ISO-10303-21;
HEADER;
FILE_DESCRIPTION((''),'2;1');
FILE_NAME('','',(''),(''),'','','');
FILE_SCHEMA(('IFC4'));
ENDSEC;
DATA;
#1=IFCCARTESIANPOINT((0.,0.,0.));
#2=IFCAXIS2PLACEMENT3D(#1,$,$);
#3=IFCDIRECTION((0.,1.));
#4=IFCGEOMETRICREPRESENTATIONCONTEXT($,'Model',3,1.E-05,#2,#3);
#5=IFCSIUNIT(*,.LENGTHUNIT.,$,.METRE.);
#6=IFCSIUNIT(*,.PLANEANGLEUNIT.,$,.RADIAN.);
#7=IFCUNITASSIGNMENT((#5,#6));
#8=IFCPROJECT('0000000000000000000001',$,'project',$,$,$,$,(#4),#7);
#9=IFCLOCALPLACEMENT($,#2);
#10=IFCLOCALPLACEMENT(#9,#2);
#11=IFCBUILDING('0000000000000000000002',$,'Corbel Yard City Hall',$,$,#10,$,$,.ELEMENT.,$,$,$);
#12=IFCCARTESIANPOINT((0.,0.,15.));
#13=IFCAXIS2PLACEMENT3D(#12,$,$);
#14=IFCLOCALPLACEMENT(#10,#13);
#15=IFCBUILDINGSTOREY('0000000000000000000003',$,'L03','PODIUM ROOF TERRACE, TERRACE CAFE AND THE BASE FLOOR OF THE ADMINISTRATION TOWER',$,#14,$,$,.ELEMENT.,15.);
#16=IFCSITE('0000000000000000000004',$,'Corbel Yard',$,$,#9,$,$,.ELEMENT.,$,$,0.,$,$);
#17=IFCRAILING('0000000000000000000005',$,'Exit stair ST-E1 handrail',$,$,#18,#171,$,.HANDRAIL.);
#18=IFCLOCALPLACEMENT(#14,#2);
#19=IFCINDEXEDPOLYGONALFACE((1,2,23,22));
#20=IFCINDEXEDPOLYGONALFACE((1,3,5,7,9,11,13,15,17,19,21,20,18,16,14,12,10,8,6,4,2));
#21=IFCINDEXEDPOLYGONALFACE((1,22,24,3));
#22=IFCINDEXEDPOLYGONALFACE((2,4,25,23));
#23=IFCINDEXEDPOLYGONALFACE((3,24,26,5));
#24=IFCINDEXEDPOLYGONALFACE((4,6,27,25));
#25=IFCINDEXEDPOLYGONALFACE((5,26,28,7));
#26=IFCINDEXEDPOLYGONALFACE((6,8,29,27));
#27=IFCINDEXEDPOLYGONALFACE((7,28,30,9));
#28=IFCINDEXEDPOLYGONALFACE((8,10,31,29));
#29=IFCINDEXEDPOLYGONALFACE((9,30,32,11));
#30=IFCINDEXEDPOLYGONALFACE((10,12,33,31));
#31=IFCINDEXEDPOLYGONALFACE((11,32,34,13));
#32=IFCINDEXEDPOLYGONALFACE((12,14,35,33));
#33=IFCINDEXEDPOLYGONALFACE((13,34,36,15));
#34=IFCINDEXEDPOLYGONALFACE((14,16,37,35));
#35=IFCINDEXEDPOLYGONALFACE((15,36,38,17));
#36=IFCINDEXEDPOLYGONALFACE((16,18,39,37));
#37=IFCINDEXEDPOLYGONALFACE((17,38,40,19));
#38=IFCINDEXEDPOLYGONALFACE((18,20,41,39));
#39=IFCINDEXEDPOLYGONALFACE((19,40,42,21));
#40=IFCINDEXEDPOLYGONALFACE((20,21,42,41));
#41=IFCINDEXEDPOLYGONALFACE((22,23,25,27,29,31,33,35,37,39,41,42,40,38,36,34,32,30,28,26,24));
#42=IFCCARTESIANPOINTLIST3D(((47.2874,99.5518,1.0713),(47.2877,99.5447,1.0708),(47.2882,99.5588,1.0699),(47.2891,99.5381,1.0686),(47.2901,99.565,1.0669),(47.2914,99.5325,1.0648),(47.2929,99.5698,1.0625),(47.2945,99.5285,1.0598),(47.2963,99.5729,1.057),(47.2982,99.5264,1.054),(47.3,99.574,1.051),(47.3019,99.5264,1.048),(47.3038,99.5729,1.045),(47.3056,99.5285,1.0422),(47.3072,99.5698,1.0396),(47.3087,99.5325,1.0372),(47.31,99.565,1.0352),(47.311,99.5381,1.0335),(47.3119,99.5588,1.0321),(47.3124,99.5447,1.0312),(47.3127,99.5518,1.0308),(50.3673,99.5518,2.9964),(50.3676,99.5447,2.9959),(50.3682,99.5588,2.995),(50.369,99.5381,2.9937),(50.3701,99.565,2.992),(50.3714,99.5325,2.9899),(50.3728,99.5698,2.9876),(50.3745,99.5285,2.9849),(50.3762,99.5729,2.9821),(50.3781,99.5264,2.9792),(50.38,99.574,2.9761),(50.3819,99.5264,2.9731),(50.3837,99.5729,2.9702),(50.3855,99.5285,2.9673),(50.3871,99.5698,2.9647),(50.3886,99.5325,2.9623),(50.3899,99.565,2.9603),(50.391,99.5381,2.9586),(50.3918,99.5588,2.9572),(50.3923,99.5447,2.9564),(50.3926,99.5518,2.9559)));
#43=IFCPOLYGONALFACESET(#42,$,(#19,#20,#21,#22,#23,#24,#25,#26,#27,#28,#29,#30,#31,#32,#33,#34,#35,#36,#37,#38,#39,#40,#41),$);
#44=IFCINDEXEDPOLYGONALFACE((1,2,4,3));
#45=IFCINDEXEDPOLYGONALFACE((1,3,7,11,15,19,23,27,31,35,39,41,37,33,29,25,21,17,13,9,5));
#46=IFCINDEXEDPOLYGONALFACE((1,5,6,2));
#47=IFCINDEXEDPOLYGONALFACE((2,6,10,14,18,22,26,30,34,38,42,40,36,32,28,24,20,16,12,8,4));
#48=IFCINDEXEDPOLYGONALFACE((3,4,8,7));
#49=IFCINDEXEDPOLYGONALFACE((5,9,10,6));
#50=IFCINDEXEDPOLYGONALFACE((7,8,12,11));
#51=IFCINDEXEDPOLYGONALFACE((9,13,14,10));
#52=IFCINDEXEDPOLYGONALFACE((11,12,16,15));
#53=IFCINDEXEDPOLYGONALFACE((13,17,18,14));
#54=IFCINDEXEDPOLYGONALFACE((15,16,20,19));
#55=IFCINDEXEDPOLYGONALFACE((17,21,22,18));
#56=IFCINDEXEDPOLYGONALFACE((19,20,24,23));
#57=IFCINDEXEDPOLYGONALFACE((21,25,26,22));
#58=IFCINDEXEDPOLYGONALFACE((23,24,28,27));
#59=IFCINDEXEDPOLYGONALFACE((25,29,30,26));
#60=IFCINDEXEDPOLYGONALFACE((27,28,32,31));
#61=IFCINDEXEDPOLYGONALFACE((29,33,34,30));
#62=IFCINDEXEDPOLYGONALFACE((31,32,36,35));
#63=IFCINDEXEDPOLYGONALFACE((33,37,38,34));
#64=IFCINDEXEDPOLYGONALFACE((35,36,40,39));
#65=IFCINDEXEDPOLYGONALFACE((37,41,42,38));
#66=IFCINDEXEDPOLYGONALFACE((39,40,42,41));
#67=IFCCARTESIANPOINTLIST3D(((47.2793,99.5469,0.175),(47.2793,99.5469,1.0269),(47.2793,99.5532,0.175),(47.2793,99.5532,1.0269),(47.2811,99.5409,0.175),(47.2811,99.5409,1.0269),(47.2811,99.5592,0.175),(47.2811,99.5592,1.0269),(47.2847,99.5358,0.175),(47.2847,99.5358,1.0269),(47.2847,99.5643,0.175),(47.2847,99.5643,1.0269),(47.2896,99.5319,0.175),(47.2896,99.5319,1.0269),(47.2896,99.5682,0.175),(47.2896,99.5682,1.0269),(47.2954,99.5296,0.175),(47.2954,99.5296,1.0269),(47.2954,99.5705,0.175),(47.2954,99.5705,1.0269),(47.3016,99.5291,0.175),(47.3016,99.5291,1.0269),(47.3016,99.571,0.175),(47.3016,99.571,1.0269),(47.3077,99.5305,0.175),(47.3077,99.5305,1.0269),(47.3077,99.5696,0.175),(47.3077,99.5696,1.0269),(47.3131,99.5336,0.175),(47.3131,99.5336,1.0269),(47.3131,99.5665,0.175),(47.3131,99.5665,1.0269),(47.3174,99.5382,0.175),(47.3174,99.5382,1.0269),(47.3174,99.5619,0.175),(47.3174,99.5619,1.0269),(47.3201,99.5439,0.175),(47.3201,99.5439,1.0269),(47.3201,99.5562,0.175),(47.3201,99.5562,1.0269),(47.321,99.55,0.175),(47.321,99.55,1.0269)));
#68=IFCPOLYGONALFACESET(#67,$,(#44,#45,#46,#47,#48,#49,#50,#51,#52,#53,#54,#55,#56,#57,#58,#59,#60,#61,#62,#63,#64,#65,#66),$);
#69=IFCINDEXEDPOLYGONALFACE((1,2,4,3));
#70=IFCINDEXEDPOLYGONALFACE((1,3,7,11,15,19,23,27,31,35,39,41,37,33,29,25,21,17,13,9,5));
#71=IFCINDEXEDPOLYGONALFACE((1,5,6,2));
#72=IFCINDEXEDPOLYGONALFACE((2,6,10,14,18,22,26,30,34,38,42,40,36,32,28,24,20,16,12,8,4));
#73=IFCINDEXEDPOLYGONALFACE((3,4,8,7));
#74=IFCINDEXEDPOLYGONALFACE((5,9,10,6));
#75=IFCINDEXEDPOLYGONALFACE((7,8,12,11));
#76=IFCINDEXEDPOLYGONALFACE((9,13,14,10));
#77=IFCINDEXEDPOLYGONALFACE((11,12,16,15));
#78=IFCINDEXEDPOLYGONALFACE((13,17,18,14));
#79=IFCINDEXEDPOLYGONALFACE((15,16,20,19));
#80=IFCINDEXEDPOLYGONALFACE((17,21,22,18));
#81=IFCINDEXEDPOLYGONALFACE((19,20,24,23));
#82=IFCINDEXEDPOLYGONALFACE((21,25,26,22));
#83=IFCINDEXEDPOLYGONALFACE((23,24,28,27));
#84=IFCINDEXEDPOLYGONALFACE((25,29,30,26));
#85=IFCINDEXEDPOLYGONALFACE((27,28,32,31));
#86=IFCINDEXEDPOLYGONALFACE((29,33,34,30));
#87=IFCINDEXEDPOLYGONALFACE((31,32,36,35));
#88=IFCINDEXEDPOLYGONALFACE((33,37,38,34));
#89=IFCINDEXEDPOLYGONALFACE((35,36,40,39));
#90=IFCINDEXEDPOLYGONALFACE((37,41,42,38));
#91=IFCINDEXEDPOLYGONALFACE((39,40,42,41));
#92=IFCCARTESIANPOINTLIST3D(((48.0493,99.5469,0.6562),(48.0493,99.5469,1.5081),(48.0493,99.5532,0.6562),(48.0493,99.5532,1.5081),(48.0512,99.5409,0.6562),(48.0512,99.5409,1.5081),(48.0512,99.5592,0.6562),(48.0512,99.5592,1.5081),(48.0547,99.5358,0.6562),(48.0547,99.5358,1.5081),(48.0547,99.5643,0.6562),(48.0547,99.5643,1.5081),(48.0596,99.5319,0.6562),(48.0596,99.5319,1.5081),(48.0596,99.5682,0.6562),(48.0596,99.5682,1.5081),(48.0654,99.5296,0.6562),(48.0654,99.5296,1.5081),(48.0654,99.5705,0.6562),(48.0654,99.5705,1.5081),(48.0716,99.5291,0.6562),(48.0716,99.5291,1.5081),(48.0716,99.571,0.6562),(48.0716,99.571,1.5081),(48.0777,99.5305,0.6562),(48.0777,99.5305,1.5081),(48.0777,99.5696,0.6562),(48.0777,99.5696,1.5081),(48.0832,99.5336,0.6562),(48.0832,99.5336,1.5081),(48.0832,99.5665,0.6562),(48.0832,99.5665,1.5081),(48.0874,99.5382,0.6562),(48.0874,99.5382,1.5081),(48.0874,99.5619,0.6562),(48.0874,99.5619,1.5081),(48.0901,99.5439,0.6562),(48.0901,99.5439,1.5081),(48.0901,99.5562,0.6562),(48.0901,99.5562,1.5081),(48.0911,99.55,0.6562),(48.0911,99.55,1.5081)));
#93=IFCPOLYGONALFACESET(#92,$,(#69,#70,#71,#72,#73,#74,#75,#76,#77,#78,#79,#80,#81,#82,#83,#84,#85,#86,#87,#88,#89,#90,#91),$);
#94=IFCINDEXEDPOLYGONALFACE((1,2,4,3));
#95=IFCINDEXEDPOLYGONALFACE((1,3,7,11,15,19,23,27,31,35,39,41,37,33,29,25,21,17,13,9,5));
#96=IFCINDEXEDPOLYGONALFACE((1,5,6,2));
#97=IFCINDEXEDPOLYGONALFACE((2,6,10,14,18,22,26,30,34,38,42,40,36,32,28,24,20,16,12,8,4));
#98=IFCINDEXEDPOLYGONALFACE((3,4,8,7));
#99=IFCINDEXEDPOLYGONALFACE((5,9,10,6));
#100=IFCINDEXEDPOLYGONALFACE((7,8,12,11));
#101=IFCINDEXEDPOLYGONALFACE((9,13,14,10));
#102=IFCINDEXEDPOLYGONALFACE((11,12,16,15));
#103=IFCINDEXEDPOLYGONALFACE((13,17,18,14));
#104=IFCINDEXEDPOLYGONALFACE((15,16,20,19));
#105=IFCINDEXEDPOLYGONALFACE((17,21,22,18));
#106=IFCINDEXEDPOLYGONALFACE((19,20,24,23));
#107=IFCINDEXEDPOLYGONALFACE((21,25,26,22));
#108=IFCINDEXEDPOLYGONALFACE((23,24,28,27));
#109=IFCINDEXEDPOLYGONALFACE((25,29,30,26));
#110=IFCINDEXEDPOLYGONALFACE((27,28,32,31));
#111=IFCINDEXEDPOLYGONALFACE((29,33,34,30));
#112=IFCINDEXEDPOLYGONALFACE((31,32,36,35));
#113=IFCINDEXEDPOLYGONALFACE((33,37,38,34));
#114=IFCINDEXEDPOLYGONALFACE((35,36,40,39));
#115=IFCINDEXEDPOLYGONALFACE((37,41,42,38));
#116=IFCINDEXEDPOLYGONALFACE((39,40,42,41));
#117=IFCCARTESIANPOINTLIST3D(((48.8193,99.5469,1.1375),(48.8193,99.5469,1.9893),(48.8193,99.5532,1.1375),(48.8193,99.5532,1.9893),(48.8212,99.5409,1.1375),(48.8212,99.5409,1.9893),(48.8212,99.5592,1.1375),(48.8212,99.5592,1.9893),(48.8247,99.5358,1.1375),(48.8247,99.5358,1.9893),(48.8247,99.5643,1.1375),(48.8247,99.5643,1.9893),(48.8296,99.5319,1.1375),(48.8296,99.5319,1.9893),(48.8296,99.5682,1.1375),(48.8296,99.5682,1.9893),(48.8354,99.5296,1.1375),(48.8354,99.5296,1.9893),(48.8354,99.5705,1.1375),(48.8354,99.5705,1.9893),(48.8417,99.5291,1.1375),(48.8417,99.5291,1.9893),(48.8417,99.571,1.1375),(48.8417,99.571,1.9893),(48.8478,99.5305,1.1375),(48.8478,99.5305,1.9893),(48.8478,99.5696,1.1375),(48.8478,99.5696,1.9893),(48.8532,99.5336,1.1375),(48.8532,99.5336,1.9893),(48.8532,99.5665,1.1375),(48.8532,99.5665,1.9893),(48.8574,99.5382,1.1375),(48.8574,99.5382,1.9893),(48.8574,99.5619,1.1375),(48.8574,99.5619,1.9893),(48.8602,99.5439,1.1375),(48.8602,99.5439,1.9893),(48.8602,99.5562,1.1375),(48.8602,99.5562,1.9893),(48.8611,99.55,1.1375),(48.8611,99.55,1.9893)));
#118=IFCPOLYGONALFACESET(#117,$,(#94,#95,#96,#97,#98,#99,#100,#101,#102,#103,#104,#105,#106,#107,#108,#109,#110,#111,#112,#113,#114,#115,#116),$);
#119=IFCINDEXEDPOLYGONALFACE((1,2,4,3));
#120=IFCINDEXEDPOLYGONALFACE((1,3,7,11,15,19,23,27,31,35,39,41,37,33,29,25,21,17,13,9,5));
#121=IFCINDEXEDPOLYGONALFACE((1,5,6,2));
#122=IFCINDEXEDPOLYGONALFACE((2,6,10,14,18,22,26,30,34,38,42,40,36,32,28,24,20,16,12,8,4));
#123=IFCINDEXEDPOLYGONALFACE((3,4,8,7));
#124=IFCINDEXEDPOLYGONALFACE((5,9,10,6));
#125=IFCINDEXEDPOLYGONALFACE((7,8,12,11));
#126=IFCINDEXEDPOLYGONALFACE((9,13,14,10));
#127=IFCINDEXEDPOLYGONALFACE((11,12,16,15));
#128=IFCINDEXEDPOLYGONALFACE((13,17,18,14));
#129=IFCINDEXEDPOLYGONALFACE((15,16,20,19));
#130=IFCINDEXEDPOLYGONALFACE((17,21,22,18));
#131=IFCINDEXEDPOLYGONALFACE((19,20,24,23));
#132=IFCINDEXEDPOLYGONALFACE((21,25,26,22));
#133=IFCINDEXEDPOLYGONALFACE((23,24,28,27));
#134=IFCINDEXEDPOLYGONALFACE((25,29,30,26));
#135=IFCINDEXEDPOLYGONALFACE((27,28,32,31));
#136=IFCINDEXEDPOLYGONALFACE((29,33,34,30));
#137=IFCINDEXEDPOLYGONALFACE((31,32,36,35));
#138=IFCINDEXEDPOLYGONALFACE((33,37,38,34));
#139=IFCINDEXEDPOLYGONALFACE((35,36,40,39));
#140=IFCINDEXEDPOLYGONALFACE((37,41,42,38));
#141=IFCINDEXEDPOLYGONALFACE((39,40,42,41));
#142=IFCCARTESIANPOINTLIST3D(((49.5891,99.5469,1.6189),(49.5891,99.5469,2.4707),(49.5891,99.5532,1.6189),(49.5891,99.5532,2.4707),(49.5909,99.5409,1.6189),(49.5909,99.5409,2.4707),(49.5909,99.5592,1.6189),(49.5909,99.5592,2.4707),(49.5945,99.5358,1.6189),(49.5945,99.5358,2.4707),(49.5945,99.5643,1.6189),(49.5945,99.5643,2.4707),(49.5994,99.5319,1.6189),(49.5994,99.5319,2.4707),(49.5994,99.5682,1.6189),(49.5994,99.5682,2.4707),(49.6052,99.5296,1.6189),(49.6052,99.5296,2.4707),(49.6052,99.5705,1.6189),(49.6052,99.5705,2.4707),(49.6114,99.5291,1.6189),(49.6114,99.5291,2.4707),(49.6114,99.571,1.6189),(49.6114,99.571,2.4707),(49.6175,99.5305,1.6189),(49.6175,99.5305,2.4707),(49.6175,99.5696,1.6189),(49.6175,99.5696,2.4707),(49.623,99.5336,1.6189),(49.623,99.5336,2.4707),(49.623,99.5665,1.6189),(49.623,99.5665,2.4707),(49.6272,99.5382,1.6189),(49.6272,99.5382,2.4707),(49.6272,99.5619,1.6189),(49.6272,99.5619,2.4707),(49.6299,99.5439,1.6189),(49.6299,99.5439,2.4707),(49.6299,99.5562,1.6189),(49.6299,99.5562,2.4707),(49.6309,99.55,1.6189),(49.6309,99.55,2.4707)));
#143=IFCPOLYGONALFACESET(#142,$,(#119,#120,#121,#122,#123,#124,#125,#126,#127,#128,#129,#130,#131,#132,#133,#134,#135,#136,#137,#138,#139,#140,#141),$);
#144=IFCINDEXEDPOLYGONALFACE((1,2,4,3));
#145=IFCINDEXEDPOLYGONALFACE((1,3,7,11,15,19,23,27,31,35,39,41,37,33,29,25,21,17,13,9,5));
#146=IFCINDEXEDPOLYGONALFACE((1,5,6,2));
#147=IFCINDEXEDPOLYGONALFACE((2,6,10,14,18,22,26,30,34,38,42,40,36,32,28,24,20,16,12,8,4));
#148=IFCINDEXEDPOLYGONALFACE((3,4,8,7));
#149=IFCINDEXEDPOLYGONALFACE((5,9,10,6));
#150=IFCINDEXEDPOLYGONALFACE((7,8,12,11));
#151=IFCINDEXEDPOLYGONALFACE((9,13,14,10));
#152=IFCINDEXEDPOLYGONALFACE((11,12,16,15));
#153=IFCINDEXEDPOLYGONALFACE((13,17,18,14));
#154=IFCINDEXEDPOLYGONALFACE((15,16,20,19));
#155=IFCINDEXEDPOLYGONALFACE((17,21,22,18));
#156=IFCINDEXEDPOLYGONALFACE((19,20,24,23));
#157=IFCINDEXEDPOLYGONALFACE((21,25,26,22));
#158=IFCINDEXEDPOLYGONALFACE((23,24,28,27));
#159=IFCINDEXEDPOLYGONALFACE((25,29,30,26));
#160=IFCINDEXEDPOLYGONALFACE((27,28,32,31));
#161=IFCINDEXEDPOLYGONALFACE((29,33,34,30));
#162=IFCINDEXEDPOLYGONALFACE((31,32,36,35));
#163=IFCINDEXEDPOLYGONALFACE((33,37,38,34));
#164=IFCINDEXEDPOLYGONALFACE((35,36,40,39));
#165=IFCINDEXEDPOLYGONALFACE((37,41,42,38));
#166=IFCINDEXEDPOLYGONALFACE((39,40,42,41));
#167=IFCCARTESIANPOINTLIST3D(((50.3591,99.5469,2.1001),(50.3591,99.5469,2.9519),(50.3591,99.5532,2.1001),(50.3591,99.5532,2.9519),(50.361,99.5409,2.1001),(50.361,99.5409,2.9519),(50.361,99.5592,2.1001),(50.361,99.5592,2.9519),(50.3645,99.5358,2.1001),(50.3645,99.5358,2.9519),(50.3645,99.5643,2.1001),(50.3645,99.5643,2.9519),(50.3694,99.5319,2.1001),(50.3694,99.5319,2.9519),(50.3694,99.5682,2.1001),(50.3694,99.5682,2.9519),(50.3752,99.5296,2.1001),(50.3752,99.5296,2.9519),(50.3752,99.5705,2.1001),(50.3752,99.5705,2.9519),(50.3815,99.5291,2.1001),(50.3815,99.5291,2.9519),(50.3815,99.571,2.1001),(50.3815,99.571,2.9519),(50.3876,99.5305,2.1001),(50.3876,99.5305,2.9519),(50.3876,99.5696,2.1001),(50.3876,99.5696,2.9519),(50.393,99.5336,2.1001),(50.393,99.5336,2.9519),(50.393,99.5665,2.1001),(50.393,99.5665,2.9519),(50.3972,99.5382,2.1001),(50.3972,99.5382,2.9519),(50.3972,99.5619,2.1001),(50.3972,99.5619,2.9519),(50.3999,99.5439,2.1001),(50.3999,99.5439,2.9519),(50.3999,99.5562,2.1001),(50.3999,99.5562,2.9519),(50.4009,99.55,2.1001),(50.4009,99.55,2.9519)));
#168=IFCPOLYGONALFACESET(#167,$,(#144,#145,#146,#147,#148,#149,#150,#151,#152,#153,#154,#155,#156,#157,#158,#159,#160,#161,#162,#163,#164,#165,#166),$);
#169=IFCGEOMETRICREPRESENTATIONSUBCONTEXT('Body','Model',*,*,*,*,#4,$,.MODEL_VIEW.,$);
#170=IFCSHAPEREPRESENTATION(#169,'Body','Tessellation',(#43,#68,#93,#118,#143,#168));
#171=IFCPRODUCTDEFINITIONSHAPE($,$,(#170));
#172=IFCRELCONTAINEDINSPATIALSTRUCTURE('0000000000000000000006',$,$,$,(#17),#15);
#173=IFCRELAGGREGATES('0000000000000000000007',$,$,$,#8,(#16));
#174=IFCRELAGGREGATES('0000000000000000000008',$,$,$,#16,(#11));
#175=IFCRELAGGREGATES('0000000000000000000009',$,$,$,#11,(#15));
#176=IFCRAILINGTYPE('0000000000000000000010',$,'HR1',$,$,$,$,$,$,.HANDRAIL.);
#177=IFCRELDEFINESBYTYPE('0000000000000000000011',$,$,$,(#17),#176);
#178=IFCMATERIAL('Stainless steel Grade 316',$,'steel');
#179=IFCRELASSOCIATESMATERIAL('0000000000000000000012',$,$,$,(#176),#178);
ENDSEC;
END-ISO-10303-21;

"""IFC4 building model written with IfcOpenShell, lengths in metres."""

from ifc_helpers import new_model, si_unit, direction, frame, origin, origin_2d, place, context, subcontext, project, spatial, circle, extrude, material, type_object, element, save


model = new_model("IFC4")

# Units and contexts
model_context = context("Model", 3, precision=1e-05, world=origin(), true_north=direction((0.0, 1.0)))
body_context = subcontext(model_context, "Body", "Model", "MODEL_VIEW")
ifc_project = project(units=[si_unit("LENGTHUNIT", "METRE"), si_unit("PLANEANGLEUNIT", "RADIAN")], contexts=[model_context])

# Site, building, storey
site_placement = place(None, origin())
site = spatial("IfcSite", under=ifc_project, at=site_placement, Name="Corbel Yard", CompositionType="ELEMENT", RefElevation=0.0)
building_placement = place(site_placement, origin())
building = spatial("IfcBuilding", under=site, at=building_placement, Name="Corbel Yard City Hall", CompositionType="ELEMENT")
storey_placement = place(building_placement, frame((0.0, 0.0, 15.0)))
storey = spatial("IfcBuildingStorey", under=building, at=storey_placement, Name="L03", Description="PODIUM ROOF TERRACE, TERRACE CAFE AND THE BASE FLOOR OF THE ADMINISTRATION TOWER", CompositionType="ELEMENT", Elevation=15.0)

# Railing
ifc_material_1 = material(Name="Stainless steel Grade 316", Category="steel")
railing_type = type_object("IfcRailingType", Name="HR1", PredefinedType="HANDRAIL", material=ifc_material_1)
for number, where, name in (
    (1, (47.3, 99.55, 0.175), "Exit stair ST-E1 handrail"),
):
    element("IfcRailing", number, at=place(storey_placement, frame(where)), inside=storey, type_object=railing_type, Name=name, PredefinedType="HANDRAIL", context=body_context, shape_type="SweptSolid", body=[
        extrude(circle(Radius=0.0239, at=origin_2d()), frame((0.0, 0.0, 0.876), z_axis=(0.847979, 0.0, 0.530029), x_axis=(0.0, 1.0, 0.0)), (0.0, 0.0, 1.0), 3.6321),
        extrude(circle(Radius=0.021, at=origin_2d()), origin(), (0.0, 0.0, 1.0), 0.8518),
        extrude(circle(Radius=0.021, at=origin_2d()), frame((0.77, 0.0, 0.4812)), (0.0, 0.0, 1.0), 0.8518),
        extrude(circle(Radius=0.021, at=origin_2d()), frame((1.54, 0.0, 0.9624)), (0.0, 0.0, 1.0), 0.8518),
        extrude(circle(Radius=0.021, at=origin_2d()), frame((2.3098, 0.0, 1.4438)), (0.0, 0.0, 1.0), 0.8518),
        extrude(circle(Radius=0.021, at=origin_2d()), frame((3.0798, 0.0, 1.925)), (0.0, 0.0, 1.0), 0.8518),
    ])

save(model, "model.ifc")
